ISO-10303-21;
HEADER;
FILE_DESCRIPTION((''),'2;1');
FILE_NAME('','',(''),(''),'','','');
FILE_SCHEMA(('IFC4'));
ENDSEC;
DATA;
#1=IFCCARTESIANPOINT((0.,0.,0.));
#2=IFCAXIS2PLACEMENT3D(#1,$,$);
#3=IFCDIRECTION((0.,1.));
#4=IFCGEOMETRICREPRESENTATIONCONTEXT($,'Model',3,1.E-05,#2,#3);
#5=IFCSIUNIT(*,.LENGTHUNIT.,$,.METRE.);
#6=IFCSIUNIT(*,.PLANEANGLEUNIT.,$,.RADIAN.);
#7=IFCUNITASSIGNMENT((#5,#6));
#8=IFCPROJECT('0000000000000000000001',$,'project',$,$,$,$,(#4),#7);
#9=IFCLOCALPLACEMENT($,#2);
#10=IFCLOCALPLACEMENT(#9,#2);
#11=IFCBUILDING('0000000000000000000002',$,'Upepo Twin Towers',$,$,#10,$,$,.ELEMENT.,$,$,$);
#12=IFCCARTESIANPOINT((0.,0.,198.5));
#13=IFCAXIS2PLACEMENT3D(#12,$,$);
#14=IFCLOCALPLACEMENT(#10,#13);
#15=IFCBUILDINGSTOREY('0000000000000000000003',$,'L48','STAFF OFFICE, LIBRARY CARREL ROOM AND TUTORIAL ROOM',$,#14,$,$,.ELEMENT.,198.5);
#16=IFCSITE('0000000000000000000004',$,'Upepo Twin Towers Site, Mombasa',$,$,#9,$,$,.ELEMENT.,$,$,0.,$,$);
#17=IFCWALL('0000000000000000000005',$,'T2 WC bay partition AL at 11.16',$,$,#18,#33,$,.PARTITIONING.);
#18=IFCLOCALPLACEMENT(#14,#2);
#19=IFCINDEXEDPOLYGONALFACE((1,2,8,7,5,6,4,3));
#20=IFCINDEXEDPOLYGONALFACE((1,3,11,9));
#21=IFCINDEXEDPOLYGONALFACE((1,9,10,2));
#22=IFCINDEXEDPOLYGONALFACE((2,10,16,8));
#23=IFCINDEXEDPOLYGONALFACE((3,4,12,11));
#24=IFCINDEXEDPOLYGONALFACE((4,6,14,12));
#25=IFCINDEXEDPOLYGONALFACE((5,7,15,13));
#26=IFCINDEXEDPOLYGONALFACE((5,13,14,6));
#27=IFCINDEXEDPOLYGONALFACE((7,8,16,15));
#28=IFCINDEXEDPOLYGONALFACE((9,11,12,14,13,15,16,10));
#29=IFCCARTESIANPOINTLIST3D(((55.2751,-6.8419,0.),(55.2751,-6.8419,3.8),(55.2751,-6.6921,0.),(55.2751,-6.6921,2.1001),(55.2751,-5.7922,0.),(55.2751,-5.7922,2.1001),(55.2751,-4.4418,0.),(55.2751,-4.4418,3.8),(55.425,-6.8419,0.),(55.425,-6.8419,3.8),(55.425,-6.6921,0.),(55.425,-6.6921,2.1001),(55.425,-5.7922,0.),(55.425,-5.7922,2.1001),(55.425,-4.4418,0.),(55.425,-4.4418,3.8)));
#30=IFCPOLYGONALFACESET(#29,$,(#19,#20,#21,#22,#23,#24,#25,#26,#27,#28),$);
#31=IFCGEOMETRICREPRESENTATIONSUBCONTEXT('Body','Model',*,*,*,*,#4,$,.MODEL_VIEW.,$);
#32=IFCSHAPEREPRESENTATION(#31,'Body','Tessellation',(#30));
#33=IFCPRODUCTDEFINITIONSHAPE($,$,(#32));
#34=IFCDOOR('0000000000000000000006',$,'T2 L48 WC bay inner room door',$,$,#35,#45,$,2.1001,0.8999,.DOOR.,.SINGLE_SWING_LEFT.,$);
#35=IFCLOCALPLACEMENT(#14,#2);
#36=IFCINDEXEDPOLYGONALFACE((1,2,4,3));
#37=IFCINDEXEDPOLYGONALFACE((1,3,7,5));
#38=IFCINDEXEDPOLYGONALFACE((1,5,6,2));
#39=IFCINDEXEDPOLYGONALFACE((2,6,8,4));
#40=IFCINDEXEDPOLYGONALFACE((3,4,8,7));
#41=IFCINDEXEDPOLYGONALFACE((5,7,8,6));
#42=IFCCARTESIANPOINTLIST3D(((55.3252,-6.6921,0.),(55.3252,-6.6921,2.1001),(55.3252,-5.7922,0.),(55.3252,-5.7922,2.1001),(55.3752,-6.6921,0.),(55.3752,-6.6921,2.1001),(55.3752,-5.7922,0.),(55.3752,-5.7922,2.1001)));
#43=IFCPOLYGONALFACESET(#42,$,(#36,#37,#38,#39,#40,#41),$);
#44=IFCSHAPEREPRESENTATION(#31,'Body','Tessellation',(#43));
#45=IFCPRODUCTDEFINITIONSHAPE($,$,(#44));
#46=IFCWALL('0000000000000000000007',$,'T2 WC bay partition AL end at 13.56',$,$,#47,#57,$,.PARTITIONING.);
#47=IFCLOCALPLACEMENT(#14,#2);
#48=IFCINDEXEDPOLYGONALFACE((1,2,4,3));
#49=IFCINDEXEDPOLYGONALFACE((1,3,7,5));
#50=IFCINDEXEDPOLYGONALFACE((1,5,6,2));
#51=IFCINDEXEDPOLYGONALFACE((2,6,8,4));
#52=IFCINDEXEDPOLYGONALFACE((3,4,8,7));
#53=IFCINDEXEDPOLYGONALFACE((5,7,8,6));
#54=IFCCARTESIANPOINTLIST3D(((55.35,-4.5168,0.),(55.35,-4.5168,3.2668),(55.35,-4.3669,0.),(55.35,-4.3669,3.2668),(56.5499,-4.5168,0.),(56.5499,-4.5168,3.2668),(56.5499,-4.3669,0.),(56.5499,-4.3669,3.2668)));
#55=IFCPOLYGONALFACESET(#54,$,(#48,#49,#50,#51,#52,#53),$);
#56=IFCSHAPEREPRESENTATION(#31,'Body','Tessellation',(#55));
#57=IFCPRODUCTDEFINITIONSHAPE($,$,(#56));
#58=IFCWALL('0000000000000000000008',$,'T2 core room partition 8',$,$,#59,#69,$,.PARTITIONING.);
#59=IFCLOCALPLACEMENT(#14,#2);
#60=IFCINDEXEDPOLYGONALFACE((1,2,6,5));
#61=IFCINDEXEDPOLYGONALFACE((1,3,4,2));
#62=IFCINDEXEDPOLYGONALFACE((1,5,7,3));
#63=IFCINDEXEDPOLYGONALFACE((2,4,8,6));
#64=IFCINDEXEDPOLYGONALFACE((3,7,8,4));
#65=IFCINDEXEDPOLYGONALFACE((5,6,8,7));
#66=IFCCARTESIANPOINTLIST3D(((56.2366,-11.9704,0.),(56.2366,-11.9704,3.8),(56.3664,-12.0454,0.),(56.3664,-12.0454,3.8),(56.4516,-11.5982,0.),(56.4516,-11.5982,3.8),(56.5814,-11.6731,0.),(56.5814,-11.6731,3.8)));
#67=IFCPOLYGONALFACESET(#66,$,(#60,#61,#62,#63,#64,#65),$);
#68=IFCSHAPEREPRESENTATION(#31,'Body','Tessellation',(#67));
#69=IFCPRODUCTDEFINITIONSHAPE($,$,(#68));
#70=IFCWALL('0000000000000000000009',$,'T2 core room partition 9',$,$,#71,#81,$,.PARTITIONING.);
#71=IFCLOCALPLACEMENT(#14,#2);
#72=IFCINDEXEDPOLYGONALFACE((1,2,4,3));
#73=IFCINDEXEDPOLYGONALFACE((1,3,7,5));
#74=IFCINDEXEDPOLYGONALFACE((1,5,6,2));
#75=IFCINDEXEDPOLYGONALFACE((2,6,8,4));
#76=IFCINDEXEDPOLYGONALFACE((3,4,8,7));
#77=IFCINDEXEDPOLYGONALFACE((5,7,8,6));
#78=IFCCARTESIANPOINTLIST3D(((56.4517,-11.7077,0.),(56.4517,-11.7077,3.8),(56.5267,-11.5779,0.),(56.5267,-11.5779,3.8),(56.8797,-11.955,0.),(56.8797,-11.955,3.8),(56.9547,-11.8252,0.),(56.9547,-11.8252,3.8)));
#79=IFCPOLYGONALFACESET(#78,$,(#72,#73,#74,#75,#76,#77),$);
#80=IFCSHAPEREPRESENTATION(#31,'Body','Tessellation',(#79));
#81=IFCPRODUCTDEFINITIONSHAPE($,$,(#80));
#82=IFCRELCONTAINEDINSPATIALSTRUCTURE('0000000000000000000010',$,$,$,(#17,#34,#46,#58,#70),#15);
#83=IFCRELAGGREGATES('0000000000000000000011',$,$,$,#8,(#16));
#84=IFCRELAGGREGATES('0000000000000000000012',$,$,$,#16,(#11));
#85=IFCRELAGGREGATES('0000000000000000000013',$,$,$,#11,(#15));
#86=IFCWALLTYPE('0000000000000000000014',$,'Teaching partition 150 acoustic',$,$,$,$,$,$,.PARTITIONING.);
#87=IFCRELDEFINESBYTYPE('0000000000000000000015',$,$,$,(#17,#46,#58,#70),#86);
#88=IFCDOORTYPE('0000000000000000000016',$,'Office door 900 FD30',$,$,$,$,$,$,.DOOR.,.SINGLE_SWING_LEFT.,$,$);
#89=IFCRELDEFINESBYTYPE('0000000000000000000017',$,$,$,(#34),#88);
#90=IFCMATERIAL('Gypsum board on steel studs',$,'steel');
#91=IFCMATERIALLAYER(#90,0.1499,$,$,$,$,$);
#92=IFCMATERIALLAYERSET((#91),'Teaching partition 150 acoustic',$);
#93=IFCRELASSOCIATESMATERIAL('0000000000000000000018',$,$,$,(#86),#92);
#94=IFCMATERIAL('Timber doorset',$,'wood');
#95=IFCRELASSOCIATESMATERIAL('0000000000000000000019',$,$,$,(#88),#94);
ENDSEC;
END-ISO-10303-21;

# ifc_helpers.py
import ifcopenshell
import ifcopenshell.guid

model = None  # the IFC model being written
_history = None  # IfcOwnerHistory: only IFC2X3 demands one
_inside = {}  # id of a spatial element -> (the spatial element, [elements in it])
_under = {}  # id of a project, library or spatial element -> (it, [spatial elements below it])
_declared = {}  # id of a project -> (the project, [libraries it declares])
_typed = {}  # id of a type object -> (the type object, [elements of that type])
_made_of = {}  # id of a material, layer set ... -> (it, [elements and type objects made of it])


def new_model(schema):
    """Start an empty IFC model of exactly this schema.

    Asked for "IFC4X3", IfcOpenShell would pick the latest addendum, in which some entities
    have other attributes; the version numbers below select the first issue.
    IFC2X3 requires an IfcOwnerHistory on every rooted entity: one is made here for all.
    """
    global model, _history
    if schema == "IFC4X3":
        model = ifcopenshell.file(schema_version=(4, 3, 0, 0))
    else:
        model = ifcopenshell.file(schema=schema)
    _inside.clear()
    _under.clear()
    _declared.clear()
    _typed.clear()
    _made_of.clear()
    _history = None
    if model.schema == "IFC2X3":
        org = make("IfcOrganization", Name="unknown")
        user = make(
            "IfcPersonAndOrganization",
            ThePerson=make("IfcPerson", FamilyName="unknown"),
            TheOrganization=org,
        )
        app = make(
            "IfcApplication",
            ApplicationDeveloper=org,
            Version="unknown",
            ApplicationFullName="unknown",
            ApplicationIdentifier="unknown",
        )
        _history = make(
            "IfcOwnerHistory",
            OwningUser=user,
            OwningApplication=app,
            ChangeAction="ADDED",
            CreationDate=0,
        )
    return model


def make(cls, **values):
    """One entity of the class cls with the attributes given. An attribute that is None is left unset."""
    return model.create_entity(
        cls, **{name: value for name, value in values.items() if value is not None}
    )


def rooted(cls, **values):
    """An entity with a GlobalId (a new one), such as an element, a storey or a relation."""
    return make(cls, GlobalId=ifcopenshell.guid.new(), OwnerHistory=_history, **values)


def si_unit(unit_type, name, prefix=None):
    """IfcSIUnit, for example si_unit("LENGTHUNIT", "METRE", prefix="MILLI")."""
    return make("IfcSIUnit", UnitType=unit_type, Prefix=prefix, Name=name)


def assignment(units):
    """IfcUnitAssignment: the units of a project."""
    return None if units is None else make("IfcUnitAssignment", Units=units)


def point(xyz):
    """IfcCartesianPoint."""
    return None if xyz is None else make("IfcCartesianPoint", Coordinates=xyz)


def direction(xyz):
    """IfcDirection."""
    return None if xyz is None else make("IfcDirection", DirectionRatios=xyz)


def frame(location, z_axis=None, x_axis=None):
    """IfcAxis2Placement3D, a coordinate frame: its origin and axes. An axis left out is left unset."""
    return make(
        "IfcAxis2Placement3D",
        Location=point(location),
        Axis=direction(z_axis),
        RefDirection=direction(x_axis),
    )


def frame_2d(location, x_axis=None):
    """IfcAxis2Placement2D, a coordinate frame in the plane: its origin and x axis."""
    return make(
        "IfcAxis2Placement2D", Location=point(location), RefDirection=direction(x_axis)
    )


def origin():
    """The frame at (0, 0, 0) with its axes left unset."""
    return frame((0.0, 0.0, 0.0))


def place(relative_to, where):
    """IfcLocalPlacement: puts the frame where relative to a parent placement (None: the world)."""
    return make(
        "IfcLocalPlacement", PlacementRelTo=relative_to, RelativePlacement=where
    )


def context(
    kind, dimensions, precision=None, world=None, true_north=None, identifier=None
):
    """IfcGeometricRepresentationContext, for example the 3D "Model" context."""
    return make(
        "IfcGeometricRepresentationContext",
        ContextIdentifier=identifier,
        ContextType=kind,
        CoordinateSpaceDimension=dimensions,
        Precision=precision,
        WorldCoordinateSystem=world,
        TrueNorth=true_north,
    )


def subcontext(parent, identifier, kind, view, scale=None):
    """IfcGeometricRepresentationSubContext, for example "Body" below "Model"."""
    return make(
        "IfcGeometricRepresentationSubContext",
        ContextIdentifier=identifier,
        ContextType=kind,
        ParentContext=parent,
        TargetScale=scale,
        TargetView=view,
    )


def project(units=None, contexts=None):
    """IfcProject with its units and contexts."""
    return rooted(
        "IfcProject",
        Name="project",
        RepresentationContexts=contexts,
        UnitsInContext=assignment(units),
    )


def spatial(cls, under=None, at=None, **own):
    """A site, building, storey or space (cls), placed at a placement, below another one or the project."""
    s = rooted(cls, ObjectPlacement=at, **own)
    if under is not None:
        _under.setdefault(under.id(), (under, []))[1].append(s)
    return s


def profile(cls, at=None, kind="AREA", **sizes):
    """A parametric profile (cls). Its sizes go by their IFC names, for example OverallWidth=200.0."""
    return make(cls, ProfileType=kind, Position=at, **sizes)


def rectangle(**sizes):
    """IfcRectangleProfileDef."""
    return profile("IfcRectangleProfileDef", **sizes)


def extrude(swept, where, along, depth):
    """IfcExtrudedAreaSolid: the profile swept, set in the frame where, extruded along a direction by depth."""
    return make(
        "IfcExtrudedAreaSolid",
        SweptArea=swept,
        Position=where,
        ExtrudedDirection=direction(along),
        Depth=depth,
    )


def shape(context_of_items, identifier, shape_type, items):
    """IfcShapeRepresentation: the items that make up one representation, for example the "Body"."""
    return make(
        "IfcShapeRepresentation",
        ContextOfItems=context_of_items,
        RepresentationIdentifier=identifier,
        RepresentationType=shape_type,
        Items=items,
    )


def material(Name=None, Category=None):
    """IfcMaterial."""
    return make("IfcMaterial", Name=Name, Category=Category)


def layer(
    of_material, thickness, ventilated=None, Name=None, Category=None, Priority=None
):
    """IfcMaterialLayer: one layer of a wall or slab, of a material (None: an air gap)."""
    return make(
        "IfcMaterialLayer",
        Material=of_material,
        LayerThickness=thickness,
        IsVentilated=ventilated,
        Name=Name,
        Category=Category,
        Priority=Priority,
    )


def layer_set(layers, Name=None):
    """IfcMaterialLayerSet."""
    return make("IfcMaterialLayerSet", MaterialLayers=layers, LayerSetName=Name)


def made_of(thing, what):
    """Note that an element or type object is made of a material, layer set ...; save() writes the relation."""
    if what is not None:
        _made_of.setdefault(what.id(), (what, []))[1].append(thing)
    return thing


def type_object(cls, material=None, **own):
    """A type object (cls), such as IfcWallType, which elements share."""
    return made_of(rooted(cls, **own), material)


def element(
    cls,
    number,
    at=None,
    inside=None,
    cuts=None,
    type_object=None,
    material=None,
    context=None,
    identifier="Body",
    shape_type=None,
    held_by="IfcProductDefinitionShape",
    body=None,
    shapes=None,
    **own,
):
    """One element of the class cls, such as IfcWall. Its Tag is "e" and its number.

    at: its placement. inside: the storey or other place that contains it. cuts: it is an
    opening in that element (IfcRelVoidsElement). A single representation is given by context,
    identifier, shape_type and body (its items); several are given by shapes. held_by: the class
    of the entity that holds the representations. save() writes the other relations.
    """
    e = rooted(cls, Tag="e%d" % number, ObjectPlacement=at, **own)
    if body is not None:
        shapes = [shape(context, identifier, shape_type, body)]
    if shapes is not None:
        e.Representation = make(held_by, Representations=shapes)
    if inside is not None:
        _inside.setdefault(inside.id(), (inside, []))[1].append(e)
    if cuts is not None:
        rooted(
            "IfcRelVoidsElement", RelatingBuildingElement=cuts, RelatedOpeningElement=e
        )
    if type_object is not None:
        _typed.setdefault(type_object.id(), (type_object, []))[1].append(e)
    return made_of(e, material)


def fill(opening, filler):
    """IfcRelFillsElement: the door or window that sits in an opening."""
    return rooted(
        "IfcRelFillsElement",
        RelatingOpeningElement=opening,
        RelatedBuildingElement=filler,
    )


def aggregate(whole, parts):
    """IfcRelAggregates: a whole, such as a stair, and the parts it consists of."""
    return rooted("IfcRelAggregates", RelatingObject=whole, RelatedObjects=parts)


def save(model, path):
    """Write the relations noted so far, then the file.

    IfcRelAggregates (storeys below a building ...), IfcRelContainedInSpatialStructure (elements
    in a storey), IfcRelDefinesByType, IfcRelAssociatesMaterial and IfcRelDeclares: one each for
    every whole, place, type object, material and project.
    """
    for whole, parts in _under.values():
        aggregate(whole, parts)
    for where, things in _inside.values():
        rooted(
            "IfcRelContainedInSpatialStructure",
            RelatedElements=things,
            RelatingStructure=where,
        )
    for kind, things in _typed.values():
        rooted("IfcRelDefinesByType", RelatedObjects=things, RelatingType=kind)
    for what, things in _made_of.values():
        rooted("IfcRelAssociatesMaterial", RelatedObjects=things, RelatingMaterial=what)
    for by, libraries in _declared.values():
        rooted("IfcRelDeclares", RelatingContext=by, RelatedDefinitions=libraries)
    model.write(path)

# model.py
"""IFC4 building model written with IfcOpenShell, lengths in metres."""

from ifc_helpers import new_model, si_unit, direction, frame, frame_2d, origin, place, context, subcontext, project, spatial, rectangle, extrude, material, layer, layer_set, type_object, element, fill, save


model = new_model("IFC4")

# Units and contexts
model_context = context("Model", 3, precision=1e-05, world=origin(), true_north=direction((0.0, 1.0)))
body_context = subcontext(model_context, "Body", "Model", "MODEL_VIEW")
ifc_project = project(units=[si_unit("LENGTHUNIT", "METRE"), si_unit("PLANEANGLEUNIT", "RADIAN")], contexts=[model_context])

# Site, building, storey
site_placement = place(None, origin())
site = spatial("IfcSite", under=ifc_project, at=site_placement, Name="Upepo Twin Towers Site, Mombasa", CompositionType="ELEMENT", RefElevation=0.0)
building_placement = place(site_placement, origin())
building = spatial("IfcBuilding", under=site, at=building_placement, Name="Upepo Twin Towers", CompositionType="ELEMENT")
storey_placement = place(building_placement, frame((0.0, 0.0, 198.5)))
storey = spatial("IfcBuildingStorey", under=building, at=storey_placement, Name="L48", Description="STAFF OFFICE, LIBRARY CARREL ROOM AND TUTORIAL ROOM", CompositionType="ELEMENT", Elevation=198.5)

# Shared definitions
ifc_material_1 = material(Name="Gypsum board on steel studs", Category="steel")
ifc_layer_1 = layer(ifc_material_1, 0.1499)
ifc_layer_set_1 = layer_set([ifc_layer_1], Name="Teaching partition 150 acoustic")
wall_type_1 = type_object("IfcWallType", Name="Teaching partition 150 acoustic", PredefinedType="PARTITIONING", material=ifc_layer_set_1)

# Wall, opening, door
wall_1_placement = place(storey_placement, frame((55.3501, -6.842, 0.0), z_axis=(0.0, 0.0, 1.0), x_axis=(0.0, 1.0, 0.0)))
wall_1 = element("IfcWall", 1, at=wall_1_placement, inside=storey, type_object=wall_type_1, Name="T2 WC bay partition AL at 11.16", PredefinedType="PARTITIONING", context=body_context, shape_type="SweptSolid", body=[
    extrude(rectangle(XDim=2.4001, YDim=0.1499, at=frame_2d((1.2002, 0.0))), origin(), (0.0, 0.0, 1.0), 3.8),
])
opening_1_placement = place(wall_1_placement, frame((0.1499, 0.0, 0.0)))
opening_1 = element("IfcOpeningElement", 2, at=opening_1_placement, cuts=wall_1, PredefinedType="OPENING", context=body_context, shape_type="SweptSolid", body=[
    extrude(rectangle(XDim=0.8999, YDim=2.1001, at=frame_2d((0.45, 1.05))), frame((0.0, 0.085, 0.0), z_axis=(0.0, -1.0, 0.0), x_axis=(1.0, 0.0, 0.0)), (0.0, 0.0, 1.0), 0.1699),
])
ifc_material_2 = material(Name="Timber doorset", Category="wood")
door_type_1 = type_object("IfcDoorType", Name="Office door 900 FD30", OperationType="SINGLE_SWING_LEFT", PredefinedType="DOOR", material=ifc_material_2)
door_1_placement = place(opening_1_placement, origin())
door_1 = element("IfcDoor", 3, at=door_1_placement, inside=storey, type_object=door_type_1, Name="T2 L48 WC bay inner room door", OperationType="SINGLE_SWING_LEFT", OverallHeight=2.1001, OverallWidth=0.8999, PredefinedType="DOOR", context=body_context, shape_type="SweptSolid", body=[
    extrude(rectangle(XDim=0.8999, YDim=2.1001, at=frame_2d((0.45, 1.05))), frame((0.0, 0.0249, 0.0), z_axis=(0.0, -1.0, 0.0), x_axis=(1.0, 0.0, 0.0)), (0.0, 0.0, 1.0), 0.05),
])
fill(opening_1, door_1)

# Walls
wall_2_placement = place(storey_placement, frame((56.55, -4.4419, 0.0), z_axis=(0.0, 0.0, 1.0), x_axis=(-1.0, 0.0, 0.0)))
element("IfcWall", 4, at=wall_2_placement, inside=storey, type_object=wall_type_1, Name="T2 WC bay partition AL end at 13.56", PredefinedType="PARTITIONING", context=body_context, shape_type="SweptSolid", body=[
    extrude(rectangle(XDim=1.2, YDim=0.1499, at=frame_2d((0.6001, 0.0))), origin(), (0.0, 0.0, 1.0), 3.2668),
])
wall_3_placement = place(storey_placement, frame((56.3015, -12.0078, 0.0), z_axis=(0.0, 0.0, 1.0), x_axis=(0.50023, 0.865892, 0.0)))
element("IfcWall", 5, at=wall_3_placement, inside=storey, type_object=wall_type_1, Name="T2 core room partition 8", PredefinedType="PARTITIONING", context=body_context, shape_type="SweptSolid", body=[
    extrude(rectangle(XDim=0.4299, YDim=0.1499, at=frame_2d((0.2148, 0.0))), origin(), (0.0, 0.0, 1.0), 3.8),
])
wall_4_placement = place(storey_placement, frame((56.4893, -11.6428, 0.0), z_axis=(0.0, 0.0, 1.0), x_axis=(0.865832, -0.500335, 0.0)))
element("IfcWall", 6, at=wall_4_placement, inside=storey, type_object=wall_type_1, Name="T2 core room partition 9", PredefinedType="PARTITIONING", context=body_context, shape_type="SweptSolid", body=[
    extrude(rectangle(XDim=0.4944, YDim=0.1499, at=frame_2d((0.2471, 0.0))), origin(), (0.0, 0.0, 1.0), 3.8),
])

save(model, "model.ifc")
